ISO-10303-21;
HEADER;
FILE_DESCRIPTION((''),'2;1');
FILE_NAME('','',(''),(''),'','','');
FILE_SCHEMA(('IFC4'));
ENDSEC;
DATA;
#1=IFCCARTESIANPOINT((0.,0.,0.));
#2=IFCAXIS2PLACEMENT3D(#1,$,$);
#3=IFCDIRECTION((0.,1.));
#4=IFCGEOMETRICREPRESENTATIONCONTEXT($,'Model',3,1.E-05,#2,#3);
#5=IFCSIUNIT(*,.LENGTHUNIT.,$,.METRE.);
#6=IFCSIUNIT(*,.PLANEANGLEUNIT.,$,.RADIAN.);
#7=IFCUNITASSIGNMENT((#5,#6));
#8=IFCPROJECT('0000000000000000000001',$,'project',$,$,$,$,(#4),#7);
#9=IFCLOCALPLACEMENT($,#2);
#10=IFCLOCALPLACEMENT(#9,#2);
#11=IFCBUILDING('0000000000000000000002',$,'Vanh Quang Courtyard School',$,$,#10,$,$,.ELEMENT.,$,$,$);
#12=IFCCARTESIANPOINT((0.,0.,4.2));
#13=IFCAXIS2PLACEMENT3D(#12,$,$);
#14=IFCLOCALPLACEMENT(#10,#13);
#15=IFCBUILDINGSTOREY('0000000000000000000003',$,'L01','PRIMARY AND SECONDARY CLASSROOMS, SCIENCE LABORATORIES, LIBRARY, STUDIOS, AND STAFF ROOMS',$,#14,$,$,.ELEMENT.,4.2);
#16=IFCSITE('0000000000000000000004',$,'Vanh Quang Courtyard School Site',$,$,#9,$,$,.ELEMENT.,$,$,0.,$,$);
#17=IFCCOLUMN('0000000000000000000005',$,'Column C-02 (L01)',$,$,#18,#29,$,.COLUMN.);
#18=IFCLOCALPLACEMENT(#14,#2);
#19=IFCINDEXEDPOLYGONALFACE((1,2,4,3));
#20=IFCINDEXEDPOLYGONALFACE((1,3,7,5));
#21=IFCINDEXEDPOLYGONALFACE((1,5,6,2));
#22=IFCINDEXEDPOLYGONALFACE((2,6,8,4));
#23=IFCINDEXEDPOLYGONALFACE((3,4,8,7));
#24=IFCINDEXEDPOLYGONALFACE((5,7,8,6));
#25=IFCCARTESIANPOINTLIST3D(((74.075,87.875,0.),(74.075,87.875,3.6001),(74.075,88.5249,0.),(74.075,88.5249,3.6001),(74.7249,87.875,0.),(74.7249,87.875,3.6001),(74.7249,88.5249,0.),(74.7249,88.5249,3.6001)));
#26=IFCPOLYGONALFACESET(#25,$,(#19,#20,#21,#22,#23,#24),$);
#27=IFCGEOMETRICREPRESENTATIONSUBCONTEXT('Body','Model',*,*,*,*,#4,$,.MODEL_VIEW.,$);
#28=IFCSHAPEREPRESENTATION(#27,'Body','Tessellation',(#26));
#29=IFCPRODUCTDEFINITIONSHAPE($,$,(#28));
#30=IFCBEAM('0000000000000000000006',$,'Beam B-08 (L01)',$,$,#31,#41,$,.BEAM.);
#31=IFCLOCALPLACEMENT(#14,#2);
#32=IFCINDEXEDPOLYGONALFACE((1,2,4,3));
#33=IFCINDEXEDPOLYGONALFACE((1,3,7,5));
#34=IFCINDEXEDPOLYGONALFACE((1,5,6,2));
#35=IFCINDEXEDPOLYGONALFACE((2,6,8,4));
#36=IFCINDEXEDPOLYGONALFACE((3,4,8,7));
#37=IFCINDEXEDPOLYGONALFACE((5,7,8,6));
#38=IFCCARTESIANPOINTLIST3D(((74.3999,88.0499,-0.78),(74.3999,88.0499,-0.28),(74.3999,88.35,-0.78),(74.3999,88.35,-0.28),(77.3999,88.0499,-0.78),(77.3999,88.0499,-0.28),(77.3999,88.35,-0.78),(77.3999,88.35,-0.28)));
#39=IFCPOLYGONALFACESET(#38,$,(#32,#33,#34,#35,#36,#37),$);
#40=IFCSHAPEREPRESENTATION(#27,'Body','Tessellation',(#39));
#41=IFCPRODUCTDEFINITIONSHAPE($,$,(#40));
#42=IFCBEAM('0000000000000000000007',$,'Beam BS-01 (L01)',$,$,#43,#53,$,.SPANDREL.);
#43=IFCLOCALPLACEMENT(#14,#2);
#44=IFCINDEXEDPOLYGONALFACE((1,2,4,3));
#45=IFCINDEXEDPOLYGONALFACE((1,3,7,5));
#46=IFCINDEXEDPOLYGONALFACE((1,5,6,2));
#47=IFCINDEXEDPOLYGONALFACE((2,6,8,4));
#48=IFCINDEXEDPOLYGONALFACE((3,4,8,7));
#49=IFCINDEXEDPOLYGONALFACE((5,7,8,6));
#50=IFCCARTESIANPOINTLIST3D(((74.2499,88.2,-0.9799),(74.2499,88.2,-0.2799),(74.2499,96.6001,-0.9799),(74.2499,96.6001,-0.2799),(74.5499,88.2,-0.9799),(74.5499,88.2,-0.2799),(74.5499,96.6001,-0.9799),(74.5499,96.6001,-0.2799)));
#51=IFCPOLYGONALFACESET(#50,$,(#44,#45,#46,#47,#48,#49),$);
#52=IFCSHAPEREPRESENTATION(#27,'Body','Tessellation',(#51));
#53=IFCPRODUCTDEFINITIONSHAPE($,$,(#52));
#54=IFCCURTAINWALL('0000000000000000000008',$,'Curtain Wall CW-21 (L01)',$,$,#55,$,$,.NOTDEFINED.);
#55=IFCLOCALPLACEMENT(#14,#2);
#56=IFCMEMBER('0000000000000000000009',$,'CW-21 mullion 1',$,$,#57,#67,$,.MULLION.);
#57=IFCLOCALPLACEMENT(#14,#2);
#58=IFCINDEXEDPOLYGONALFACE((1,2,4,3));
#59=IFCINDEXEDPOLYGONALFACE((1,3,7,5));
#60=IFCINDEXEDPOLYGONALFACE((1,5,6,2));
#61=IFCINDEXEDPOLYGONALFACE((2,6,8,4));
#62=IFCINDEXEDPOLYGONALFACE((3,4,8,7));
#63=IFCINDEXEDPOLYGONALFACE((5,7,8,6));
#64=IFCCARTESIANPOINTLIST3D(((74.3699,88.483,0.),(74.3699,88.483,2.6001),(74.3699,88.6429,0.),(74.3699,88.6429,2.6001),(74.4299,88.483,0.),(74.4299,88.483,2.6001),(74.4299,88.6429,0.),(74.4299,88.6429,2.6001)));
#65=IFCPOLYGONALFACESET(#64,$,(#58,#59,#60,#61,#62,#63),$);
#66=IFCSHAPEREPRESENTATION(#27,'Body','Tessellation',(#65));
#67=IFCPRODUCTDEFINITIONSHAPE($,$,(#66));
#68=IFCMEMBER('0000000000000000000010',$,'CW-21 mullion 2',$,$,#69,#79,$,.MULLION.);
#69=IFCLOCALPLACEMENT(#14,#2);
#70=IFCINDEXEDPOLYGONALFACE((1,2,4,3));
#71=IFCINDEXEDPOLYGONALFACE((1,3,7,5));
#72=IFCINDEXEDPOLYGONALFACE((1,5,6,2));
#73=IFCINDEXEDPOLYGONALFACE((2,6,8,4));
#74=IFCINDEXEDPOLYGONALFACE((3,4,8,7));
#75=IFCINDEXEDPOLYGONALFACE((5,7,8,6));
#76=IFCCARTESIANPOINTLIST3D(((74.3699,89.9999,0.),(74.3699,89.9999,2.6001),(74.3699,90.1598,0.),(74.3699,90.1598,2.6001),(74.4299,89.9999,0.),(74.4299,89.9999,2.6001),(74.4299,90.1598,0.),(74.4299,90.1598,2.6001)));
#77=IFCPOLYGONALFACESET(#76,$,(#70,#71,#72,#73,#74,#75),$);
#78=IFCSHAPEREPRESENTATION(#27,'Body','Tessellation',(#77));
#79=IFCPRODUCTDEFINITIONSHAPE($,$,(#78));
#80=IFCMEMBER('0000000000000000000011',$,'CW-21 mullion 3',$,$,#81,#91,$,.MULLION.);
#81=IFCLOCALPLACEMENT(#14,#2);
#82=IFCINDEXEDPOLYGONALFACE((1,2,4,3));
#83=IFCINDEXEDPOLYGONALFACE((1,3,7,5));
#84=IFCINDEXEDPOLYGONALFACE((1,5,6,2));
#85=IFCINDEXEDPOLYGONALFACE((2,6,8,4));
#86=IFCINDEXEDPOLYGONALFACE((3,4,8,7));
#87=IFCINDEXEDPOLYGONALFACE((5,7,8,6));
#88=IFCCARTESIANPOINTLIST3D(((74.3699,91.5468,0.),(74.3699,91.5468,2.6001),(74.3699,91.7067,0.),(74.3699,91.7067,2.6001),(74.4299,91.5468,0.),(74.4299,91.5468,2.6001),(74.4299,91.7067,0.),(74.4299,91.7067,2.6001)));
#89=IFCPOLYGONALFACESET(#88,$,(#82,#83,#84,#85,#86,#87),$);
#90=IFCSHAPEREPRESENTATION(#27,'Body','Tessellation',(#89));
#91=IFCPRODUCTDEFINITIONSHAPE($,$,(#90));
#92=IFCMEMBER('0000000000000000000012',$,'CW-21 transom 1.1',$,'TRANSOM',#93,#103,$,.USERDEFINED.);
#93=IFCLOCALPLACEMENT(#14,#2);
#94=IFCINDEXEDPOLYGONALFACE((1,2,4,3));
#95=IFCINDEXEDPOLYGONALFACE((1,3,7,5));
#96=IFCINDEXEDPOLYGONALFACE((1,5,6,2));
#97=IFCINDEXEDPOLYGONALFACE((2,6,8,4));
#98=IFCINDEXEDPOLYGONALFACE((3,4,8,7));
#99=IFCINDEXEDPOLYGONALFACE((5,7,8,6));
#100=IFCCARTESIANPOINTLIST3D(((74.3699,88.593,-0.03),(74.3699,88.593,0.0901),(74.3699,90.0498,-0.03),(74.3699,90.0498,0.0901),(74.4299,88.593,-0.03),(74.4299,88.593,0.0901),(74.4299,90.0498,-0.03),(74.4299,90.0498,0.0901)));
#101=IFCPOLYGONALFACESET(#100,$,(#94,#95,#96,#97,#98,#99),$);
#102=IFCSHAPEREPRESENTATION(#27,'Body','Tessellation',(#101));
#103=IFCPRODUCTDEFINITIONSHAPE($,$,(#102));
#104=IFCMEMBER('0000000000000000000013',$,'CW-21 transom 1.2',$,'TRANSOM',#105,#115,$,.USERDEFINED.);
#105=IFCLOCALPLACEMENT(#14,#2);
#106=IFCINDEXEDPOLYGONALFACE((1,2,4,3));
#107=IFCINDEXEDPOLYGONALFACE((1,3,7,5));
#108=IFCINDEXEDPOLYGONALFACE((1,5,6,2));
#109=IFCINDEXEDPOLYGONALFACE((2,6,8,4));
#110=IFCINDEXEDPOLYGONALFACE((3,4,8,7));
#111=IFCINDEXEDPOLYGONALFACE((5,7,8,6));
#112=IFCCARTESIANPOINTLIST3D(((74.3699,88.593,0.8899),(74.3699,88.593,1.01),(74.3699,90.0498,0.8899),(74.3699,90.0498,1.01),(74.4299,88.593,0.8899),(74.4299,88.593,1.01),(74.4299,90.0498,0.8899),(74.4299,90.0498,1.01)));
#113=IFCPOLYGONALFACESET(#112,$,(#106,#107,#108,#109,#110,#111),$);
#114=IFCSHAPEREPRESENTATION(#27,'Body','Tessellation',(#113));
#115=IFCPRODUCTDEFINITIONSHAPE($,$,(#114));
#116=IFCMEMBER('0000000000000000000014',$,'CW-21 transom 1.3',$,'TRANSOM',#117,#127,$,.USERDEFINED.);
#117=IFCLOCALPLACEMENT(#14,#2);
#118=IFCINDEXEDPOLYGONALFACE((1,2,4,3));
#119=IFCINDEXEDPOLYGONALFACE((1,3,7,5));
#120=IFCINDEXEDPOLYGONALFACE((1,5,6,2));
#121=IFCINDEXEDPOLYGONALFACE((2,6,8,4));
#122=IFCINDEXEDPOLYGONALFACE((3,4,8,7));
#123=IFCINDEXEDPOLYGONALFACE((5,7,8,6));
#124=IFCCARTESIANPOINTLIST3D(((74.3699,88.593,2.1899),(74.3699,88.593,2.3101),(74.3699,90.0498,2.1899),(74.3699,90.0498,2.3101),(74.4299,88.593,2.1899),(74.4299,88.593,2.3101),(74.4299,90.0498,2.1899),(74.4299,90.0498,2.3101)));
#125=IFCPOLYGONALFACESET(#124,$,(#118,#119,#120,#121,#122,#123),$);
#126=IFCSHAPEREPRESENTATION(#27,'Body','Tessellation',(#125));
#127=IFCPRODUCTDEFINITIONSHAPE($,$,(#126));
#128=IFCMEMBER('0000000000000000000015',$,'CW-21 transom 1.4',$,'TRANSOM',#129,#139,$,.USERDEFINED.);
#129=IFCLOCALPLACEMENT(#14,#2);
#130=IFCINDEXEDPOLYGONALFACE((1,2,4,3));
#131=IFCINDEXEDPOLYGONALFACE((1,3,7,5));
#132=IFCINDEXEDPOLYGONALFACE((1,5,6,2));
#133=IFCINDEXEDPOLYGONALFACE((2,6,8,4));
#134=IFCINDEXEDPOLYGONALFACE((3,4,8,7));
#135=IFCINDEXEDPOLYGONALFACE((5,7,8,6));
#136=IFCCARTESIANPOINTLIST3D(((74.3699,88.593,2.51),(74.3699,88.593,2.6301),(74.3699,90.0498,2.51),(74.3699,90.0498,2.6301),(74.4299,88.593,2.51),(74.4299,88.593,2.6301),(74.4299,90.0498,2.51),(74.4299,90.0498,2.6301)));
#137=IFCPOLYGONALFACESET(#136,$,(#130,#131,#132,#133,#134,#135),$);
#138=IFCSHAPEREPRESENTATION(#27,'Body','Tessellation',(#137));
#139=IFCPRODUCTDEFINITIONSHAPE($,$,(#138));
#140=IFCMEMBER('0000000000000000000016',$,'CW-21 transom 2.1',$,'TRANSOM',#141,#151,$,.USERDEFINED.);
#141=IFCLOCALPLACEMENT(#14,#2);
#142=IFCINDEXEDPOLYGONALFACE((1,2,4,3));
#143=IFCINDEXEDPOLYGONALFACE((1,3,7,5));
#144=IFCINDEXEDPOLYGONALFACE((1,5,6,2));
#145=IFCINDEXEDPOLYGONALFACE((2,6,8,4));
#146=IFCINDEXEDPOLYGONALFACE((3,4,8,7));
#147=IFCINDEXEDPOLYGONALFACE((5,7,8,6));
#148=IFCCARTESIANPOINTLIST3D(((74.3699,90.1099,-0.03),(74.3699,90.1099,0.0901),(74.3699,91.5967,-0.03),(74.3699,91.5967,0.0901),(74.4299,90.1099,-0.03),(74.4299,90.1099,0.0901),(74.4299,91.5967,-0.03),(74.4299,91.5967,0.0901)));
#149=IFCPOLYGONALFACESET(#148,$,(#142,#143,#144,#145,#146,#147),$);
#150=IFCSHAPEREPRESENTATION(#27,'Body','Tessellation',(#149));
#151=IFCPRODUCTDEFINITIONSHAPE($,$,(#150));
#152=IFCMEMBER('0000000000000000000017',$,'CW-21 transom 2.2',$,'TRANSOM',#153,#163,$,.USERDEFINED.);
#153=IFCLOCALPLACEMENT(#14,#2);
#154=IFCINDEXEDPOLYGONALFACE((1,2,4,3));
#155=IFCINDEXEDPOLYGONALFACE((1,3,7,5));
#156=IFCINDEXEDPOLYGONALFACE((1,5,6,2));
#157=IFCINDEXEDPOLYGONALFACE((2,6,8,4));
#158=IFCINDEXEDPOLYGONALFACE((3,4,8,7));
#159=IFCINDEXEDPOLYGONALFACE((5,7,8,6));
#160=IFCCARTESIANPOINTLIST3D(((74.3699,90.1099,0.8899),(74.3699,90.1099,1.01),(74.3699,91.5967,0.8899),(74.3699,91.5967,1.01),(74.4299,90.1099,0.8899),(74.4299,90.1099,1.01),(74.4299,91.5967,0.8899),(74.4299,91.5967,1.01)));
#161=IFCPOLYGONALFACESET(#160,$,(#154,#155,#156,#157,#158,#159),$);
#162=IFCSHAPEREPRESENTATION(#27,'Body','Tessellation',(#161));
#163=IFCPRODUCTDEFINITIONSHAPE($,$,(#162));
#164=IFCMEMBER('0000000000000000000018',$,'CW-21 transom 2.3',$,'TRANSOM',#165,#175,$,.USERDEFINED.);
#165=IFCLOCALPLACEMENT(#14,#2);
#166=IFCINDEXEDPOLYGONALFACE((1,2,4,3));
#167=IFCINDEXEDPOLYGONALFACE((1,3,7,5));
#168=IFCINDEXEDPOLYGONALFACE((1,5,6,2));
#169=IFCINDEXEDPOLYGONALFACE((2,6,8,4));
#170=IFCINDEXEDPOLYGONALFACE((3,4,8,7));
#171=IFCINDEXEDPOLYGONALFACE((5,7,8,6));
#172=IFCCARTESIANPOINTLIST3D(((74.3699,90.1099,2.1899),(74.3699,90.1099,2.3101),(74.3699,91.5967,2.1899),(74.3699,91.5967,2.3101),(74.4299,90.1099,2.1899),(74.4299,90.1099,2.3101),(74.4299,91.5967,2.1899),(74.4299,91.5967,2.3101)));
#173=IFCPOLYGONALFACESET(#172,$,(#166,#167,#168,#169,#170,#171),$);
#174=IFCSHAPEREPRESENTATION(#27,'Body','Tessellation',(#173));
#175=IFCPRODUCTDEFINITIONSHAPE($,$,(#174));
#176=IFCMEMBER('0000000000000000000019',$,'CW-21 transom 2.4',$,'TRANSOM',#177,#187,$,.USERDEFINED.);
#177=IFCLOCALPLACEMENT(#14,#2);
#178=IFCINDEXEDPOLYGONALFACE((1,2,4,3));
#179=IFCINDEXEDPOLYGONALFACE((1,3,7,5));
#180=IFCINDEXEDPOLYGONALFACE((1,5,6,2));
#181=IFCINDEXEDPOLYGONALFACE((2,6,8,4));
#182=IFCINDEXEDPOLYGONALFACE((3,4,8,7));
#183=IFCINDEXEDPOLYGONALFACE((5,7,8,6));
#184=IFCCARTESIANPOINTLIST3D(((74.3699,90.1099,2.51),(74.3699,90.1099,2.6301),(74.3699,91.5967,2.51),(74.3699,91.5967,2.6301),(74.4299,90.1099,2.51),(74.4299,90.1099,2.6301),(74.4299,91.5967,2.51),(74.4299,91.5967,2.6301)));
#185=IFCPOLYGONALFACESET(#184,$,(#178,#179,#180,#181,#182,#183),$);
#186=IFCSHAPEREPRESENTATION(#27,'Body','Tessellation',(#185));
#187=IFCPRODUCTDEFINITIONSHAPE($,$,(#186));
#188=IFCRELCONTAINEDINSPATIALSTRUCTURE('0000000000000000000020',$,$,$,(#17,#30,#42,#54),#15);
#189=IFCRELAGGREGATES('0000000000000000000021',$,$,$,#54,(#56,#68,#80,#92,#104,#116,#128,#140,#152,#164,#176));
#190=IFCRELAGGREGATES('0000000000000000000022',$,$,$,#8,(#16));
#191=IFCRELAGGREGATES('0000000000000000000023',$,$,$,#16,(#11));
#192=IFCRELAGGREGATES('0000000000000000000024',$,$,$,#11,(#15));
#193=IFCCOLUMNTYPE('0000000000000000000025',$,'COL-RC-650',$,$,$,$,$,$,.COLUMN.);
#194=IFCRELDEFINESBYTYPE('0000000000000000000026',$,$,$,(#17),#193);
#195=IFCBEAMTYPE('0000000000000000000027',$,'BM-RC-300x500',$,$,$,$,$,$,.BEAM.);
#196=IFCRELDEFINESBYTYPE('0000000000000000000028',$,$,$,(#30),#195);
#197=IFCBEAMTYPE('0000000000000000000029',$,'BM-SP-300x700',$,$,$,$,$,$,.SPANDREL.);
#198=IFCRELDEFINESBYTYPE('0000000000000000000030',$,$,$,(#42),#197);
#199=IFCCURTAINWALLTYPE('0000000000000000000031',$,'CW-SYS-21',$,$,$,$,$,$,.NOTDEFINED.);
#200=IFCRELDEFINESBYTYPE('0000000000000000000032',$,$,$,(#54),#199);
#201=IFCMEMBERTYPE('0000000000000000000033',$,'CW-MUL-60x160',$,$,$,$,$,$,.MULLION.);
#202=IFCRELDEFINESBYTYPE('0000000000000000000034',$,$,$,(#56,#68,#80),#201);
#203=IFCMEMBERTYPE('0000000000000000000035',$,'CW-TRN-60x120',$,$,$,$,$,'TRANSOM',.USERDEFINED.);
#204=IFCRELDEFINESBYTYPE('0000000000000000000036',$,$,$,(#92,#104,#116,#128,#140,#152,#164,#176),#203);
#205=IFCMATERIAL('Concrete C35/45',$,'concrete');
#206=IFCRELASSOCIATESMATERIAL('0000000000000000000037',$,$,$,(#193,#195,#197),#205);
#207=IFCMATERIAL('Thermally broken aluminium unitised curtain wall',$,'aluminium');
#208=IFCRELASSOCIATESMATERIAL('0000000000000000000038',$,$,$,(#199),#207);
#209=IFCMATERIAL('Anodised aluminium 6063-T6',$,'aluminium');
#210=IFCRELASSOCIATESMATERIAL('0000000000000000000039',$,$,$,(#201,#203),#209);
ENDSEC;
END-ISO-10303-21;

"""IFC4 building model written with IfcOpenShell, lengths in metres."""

from ifc_helpers import new_model, si_unit, direction, frame, origin, origin_2d, place, context, subcontext, project, spatial, rectangle, extrude, material, material_profile, profile_set, type_object, element, aggregate, save


model = new_model("IFC4")

# Units and contexts
model_context = context("Model", 3, precision=1e-05, world=origin(), true_north=direction((0.0, 1.0)))
body_context = subcontext(model_context, "Body", "Model", "MODEL_VIEW")
ifc_project = project(units=[si_unit("LENGTHUNIT", "METRE"), si_unit("PLANEANGLEUNIT", "RADIAN")], contexts=[model_context])

# Site, building, storey
site_placement = place(None, origin())
site = spatial("IfcSite", under=ifc_project, at=site_placement, Name="Vanh Quang Courtyard School Site", CompositionType="ELEMENT", RefElevation=0.0)
building_placement = place(site_placement, origin())
building = spatial("IfcBuilding", under=site, at=building_placement, Name="Vanh Quang Courtyard School", CompositionType="ELEMENT")
storey_placement = place(building_placement, frame((0.0, 0.0, 4.2)))
storey = spatial("IfcBuildingStorey", under=building, at=storey_placement, Name="L01", Description="PRIMARY AND SECONDARY CLASSROOMS, SCIENCE LABORATORIES, LIBRARY, STUDIOS, AND STAFF ROOMS", CompositionType="ELEMENT", Elevation=4.2)

# Column
ifc_material_1 = material(Name="Concrete C35/45", Category="concrete")
ifc_material_profile_1 = material_profile(ifc_material_1, rectangle(XDim=0.6499, YDim=0.6499, at=origin_2d()), Name="RC-COL 650x650")
ifc_profile_set_1 = profile_set([ifc_material_profile_1], Name="Concrete C35/45")
column_type = type_object("IfcColumnType", Name="COL-RC-650", PredefinedType="COLUMN", material=ifc_profile_set_1)
column_placement = place(storey_placement, frame((74.3999, 88.2, 0.0), z_axis=(0.0, 0.0, 1.0), x_axis=(1.0, 0.0, 0.0)))
element("IfcColumn", 1, at=column_placement, inside=storey, type_object=column_type, Name="Column C-02 (L01)", PredefinedType="COLUMN", context=body_context, shape_type="SweptSolid", body=[
    extrude(rectangle(XDim=0.6499, YDim=0.6499, at=origin_2d()), origin(), (0.0, 0.0, 1.0), 3.6001),
])

# Beams
ifc_material_profile_2 = material_profile(ifc_material_1, rectangle(XDim=0.3, YDim=0.5, at=origin_2d()), Name="RC-BM 300x500")
ifc_profile_set_2 = profile_set([ifc_material_profile_2], Name="Concrete C35/45")
beam_type_1 = type_object("IfcBeamType", Name="BM-RC-300x500", PredefinedType="BEAM", material=ifc_profile_set_2)
beam_1_placement = place(storey_placement, frame((74.3999, 88.2, -0.53), z_axis=(1.0, 0.0, 0.0), x_axis=(0.0, 1.0, 0.0)))
element("IfcBeam", 2, at=beam_1_placement, inside=storey, type_object=beam_type_1, Name="Beam B-08 (L01)", PredefinedType="BEAM", context=body_context, shape_type="SweptSolid", body=[
    extrude(rectangle(XDim=0.3, YDim=0.5, at=origin_2d()), origin(), (0.0, 0.0, 1.0), 3.0),
])
ifc_material_profile_3 = material_profile(ifc_material_1, rectangle(XDim=0.3, YDim=0.7, at=origin_2d()), Name="RC-SP 300x700")
ifc_profile_set_3 = profile_set([ifc_material_profile_3], Name="Concrete C35/45")
beam_type_2 = type_object("IfcBeamType", Name="BM-SP-300x700", PredefinedType="SPANDREL", material=ifc_profile_set_3)
beam_2_placement = place(storey_placement, frame((74.3999, 88.2, -0.6299), z_axis=(0.0, 1.0, 0.0), x_axis=(-1.0, 0.0, 0.0)))
element("IfcBeam", 3, at=beam_2_placement, inside=storey, type_object=beam_type_2, Name="Beam BS-01 (L01)", PredefinedType="SPANDREL", context=body_context, shape_type="SweptSolid", body=[
    extrude(rectangle(XDim=0.3, YDim=0.7, at=origin_2d()), origin(), (0.0, 0.0, 1.0), 8.4001),
])

# Curtain wall, members
ifc_material_2 = material(Name="Thermally broken aluminium unitised curtain wall", Category="aluminium")
curtain_wall_type = type_object("IfcCurtainWallType", Name="CW-SYS-21", PredefinedType="NOTDEFINED", material=ifc_material_2)
curtain_wall_placement = place(storey_placement, origin())
curtain_wall = element("IfcCurtainWall", 4, at=curtain_wall_placement, inside=storey, type_object=curtain_wall_type, Name="Curtain Wall CW-21 (L01)", PredefinedType="NOTDEFINED")
ifc_material_3 = material(Name="Anodised aluminium 6063-T6", Category="aluminium")
ifc_material_profile_4 = material_profile(ifc_material_3, rectangle(XDim=0.0601, YDim=0.1599, at=origin_2d()), Name="ALU-MUL 60x160")
ifc_profile_set_4 = profile_set([ifc_material_profile_4], Name="Anodised aluminium 6063-T6")
member_type_1 = type_object("IfcMemberType", Name="CW-MUL-60x160", PredefinedType="MULLION", material=ifc_profile_set_4)
member_1_placement = place(storey_placement, frame((74.3999, 88.563, 0.0), z_axis=(0.0, 0.0, 1.0), x_axis=(-1.0, 0.0, 0.0)))
member_1 = element("IfcMember", 5, at=member_1_placement, type_object=member_type_1, Name="CW-21 mullion 1", PredefinedType="MULLION", context=body_context, shape_type="SweptSolid", body=[
    extrude(rectangle(XDim=0.0601, YDim=0.1599, at=origin_2d()), origin(), (0.0, 0.0, 1.0), 2.6001),
])
member_2_placement = place(storey_placement, frame((74.3999, 90.0798, 0.0), z_axis=(0.0, 0.0, 1.0), x_axis=(-1.0, 0.0, 0.0)))
member_2 = element("IfcMember", 6, at=member_2_placement, type_object=member_type_1, Name="CW-21 mullion 2", PredefinedType="MULLION", context=body_context, shape_type="SweptSolid", body=[
    extrude(rectangle(XDim=0.0601, YDim=0.1599, at=origin_2d()), origin(), (0.0, 0.0, 1.0), 2.6001),
])
member_3_placement = place(storey_placement, frame((74.3999, 91.6267, 0.0), z_axis=(0.0, 0.0, 1.0), x_axis=(-1.0, 0.0, 0.0)))
member_3 = element("IfcMember", 7, at=member_3_placement, type_object=member_type_1, Name="CW-21 mullion 3", PredefinedType="MULLION", context=body_context, shape_type="SweptSolid", body=[
    extrude(rectangle(XDim=0.0601, YDim=0.1599, at=origin_2d()), origin(), (0.0, 0.0, 1.0), 2.6001),
])
ifc_material_profile_5 = material_profile(ifc_material_3, rectangle(XDim=0.0601, YDim=0.1201, at=origin_2d()), Name="ALU-TRN 60x120")
ifc_profile_set_5 = profile_set([ifc_material_profile_5], Name="Anodised aluminium 6063-T6")
member_type_2 = type_object("IfcMemberType", Name="CW-TRN-60x120", ElementType="TRANSOM", PredefinedType="USERDEFINED", material=ifc_profile_set_5)
member_4_placement = place(storey_placement, frame((74.3999, 88.593, 0.03), z_axis=(0.0, 1.0, 0.0), x_axis=(-1.0, 0.0, 0.0)))
member_4 = element("IfcMember", 8, at=member_4_placement, type_object=member_type_2, Name="CW-21 transom 1.1", ObjectType="TRANSOM", PredefinedType="USERDEFINED", context=body_context, shape_type="SweptSolid", body=[
    extrude(rectangle(XDim=0.0601, YDim=0.1201, at=origin_2d()), origin(), (0.0, 0.0, 1.0), 1.4568),
])
member_5_placement = place(storey_placement, frame((74.3999, 88.593, 0.95), z_axis=(0.0, 1.0, 0.0), x_axis=(-1.0, 0.0, 0.0)))
member_5 = element("IfcMember", 9, at=member_5_placement, type_object=member_type_2, Name="CW-21 transom 1.2", ObjectType="TRANSOM", PredefinedType="USERDEFINED", context=body_context, shape_type="SweptSolid", body=[
    extrude(rectangle(XDim=0.0601, YDim=0.1201, at=origin_2d()), origin(), (0.0, 0.0, 1.0), 1.4568),
])
member_6_placement = place(storey_placement, frame((74.3999, 88.593, 2.25), z_axis=(0.0, 1.0, 0.0), x_axis=(-1.0, 0.0, 0.0)))
member_6 = element("IfcMember", 10, at=member_6_placement, type_object=member_type_2, Name="CW-21 transom 1.3", ObjectType="TRANSOM", PredefinedType="USERDEFINED", context=body_context, shape_type="SweptSolid", body=[
    extrude(rectangle(XDim=0.0601, YDim=0.1201, at=origin_2d()), origin(), (0.0, 0.0, 1.0), 1.4568),
])
member_7_placement = place(storey_placement, frame((74.3999, 88.593, 2.5701), z_axis=(0.0, 1.0, 0.0), x_axis=(-1.0, 0.0, 0.0)))
member_7 = element("IfcMember", 11, at=member_7_placement, type_object=member_type_2, Name="CW-21 transom 1.4", ObjectType="TRANSOM", PredefinedType="USERDEFINED", context=body_context, shape_type="SweptSolid", body=[
    extrude(rectangle(XDim=0.0601, YDim=0.1201, at=origin_2d()), origin(), (0.0, 0.0, 1.0), 1.4568),
])
member_8_placement = place(storey_placement, frame((74.3999, 90.1099, 0.03), z_axis=(0.0, 1.0, 0.0), x_axis=(-1.0, 0.0, 0.0)))
member_8 = element("IfcMember", 12, at=member_8_placement, type_object=member_type_2, Name="CW-21 transom 2.1", ObjectType="TRANSOM", PredefinedType="USERDEFINED", context=body_context, shape_type="SweptSolid", body=[
    extrude(rectangle(XDim=0.0601, YDim=0.1201, at=origin_2d()), origin(), (0.0, 0.0, 1.0), 1.4868),
])
member_9_placement = place(storey_placement, frame((74.3999, 90.1099, 0.95), z_axis=(0.0, 1.0, 0.0), x_axis=(-1.0, 0.0, 0.0)))
member_9 = element("IfcMember", 13, at=member_9_placement, type_object=member_type_2, Name="CW-21 transom 2.2", ObjectType="TRANSOM", PredefinedType="USERDEFINED", context=body_context, shape_type="SweptSolid", body=[
    extrude(rectangle(XDim=0.0601, YDim=0.1201, at=origin_2d()), origin(), (0.0, 0.0, 1.0), 1.4868),
])
member_10_placement = place(storey_placement, frame((74.3999, 90.1099, 2.25), z_axis=(0.0, 1.0, 0.0), x_axis=(-1.0, 0.0, 0.0)))
member_10 = element("IfcMember", 14, at=member_10_placement, type_object=member_type_2, Name="CW-21 transom 2.3", ObjectType="TRANSOM", PredefinedType="USERDEFINED", context=body_context, shape_type="SweptSolid", body=[
    extrude(rectangle(XDim=0.0601, YDim=0.1201, at=origin_2d()), origin(), (0.0, 0.0, 1.0), 1.4868),
])
member_11_placement = place(storey_placement, frame((74.3999, 90.1099, 2.5701), z_axis=(0.0, 1.0, 0.0), x_axis=(-1.0, 0.0, 0.0)))
member_11 = element("IfcMember", 15, at=member_11_placement, type_object=member_type_2, Name="CW-21 transom 2.4", ObjectType="TRANSOM", PredefinedType="USERDEFINED", context=body_context, shape_type="SweptSolid", body=[
    extrude(rectangle(XDim=0.0601, YDim=0.1201, at=origin_2d()), origin(), (0.0, 0.0, 1.0), 1.4868),
])

aggregate(curtain_wall, [member_1, member_2, member_3, member_4, member_5, member_6, member_7, member_8, member_9, member_10, member_11])

save(model, "model.ifc")
